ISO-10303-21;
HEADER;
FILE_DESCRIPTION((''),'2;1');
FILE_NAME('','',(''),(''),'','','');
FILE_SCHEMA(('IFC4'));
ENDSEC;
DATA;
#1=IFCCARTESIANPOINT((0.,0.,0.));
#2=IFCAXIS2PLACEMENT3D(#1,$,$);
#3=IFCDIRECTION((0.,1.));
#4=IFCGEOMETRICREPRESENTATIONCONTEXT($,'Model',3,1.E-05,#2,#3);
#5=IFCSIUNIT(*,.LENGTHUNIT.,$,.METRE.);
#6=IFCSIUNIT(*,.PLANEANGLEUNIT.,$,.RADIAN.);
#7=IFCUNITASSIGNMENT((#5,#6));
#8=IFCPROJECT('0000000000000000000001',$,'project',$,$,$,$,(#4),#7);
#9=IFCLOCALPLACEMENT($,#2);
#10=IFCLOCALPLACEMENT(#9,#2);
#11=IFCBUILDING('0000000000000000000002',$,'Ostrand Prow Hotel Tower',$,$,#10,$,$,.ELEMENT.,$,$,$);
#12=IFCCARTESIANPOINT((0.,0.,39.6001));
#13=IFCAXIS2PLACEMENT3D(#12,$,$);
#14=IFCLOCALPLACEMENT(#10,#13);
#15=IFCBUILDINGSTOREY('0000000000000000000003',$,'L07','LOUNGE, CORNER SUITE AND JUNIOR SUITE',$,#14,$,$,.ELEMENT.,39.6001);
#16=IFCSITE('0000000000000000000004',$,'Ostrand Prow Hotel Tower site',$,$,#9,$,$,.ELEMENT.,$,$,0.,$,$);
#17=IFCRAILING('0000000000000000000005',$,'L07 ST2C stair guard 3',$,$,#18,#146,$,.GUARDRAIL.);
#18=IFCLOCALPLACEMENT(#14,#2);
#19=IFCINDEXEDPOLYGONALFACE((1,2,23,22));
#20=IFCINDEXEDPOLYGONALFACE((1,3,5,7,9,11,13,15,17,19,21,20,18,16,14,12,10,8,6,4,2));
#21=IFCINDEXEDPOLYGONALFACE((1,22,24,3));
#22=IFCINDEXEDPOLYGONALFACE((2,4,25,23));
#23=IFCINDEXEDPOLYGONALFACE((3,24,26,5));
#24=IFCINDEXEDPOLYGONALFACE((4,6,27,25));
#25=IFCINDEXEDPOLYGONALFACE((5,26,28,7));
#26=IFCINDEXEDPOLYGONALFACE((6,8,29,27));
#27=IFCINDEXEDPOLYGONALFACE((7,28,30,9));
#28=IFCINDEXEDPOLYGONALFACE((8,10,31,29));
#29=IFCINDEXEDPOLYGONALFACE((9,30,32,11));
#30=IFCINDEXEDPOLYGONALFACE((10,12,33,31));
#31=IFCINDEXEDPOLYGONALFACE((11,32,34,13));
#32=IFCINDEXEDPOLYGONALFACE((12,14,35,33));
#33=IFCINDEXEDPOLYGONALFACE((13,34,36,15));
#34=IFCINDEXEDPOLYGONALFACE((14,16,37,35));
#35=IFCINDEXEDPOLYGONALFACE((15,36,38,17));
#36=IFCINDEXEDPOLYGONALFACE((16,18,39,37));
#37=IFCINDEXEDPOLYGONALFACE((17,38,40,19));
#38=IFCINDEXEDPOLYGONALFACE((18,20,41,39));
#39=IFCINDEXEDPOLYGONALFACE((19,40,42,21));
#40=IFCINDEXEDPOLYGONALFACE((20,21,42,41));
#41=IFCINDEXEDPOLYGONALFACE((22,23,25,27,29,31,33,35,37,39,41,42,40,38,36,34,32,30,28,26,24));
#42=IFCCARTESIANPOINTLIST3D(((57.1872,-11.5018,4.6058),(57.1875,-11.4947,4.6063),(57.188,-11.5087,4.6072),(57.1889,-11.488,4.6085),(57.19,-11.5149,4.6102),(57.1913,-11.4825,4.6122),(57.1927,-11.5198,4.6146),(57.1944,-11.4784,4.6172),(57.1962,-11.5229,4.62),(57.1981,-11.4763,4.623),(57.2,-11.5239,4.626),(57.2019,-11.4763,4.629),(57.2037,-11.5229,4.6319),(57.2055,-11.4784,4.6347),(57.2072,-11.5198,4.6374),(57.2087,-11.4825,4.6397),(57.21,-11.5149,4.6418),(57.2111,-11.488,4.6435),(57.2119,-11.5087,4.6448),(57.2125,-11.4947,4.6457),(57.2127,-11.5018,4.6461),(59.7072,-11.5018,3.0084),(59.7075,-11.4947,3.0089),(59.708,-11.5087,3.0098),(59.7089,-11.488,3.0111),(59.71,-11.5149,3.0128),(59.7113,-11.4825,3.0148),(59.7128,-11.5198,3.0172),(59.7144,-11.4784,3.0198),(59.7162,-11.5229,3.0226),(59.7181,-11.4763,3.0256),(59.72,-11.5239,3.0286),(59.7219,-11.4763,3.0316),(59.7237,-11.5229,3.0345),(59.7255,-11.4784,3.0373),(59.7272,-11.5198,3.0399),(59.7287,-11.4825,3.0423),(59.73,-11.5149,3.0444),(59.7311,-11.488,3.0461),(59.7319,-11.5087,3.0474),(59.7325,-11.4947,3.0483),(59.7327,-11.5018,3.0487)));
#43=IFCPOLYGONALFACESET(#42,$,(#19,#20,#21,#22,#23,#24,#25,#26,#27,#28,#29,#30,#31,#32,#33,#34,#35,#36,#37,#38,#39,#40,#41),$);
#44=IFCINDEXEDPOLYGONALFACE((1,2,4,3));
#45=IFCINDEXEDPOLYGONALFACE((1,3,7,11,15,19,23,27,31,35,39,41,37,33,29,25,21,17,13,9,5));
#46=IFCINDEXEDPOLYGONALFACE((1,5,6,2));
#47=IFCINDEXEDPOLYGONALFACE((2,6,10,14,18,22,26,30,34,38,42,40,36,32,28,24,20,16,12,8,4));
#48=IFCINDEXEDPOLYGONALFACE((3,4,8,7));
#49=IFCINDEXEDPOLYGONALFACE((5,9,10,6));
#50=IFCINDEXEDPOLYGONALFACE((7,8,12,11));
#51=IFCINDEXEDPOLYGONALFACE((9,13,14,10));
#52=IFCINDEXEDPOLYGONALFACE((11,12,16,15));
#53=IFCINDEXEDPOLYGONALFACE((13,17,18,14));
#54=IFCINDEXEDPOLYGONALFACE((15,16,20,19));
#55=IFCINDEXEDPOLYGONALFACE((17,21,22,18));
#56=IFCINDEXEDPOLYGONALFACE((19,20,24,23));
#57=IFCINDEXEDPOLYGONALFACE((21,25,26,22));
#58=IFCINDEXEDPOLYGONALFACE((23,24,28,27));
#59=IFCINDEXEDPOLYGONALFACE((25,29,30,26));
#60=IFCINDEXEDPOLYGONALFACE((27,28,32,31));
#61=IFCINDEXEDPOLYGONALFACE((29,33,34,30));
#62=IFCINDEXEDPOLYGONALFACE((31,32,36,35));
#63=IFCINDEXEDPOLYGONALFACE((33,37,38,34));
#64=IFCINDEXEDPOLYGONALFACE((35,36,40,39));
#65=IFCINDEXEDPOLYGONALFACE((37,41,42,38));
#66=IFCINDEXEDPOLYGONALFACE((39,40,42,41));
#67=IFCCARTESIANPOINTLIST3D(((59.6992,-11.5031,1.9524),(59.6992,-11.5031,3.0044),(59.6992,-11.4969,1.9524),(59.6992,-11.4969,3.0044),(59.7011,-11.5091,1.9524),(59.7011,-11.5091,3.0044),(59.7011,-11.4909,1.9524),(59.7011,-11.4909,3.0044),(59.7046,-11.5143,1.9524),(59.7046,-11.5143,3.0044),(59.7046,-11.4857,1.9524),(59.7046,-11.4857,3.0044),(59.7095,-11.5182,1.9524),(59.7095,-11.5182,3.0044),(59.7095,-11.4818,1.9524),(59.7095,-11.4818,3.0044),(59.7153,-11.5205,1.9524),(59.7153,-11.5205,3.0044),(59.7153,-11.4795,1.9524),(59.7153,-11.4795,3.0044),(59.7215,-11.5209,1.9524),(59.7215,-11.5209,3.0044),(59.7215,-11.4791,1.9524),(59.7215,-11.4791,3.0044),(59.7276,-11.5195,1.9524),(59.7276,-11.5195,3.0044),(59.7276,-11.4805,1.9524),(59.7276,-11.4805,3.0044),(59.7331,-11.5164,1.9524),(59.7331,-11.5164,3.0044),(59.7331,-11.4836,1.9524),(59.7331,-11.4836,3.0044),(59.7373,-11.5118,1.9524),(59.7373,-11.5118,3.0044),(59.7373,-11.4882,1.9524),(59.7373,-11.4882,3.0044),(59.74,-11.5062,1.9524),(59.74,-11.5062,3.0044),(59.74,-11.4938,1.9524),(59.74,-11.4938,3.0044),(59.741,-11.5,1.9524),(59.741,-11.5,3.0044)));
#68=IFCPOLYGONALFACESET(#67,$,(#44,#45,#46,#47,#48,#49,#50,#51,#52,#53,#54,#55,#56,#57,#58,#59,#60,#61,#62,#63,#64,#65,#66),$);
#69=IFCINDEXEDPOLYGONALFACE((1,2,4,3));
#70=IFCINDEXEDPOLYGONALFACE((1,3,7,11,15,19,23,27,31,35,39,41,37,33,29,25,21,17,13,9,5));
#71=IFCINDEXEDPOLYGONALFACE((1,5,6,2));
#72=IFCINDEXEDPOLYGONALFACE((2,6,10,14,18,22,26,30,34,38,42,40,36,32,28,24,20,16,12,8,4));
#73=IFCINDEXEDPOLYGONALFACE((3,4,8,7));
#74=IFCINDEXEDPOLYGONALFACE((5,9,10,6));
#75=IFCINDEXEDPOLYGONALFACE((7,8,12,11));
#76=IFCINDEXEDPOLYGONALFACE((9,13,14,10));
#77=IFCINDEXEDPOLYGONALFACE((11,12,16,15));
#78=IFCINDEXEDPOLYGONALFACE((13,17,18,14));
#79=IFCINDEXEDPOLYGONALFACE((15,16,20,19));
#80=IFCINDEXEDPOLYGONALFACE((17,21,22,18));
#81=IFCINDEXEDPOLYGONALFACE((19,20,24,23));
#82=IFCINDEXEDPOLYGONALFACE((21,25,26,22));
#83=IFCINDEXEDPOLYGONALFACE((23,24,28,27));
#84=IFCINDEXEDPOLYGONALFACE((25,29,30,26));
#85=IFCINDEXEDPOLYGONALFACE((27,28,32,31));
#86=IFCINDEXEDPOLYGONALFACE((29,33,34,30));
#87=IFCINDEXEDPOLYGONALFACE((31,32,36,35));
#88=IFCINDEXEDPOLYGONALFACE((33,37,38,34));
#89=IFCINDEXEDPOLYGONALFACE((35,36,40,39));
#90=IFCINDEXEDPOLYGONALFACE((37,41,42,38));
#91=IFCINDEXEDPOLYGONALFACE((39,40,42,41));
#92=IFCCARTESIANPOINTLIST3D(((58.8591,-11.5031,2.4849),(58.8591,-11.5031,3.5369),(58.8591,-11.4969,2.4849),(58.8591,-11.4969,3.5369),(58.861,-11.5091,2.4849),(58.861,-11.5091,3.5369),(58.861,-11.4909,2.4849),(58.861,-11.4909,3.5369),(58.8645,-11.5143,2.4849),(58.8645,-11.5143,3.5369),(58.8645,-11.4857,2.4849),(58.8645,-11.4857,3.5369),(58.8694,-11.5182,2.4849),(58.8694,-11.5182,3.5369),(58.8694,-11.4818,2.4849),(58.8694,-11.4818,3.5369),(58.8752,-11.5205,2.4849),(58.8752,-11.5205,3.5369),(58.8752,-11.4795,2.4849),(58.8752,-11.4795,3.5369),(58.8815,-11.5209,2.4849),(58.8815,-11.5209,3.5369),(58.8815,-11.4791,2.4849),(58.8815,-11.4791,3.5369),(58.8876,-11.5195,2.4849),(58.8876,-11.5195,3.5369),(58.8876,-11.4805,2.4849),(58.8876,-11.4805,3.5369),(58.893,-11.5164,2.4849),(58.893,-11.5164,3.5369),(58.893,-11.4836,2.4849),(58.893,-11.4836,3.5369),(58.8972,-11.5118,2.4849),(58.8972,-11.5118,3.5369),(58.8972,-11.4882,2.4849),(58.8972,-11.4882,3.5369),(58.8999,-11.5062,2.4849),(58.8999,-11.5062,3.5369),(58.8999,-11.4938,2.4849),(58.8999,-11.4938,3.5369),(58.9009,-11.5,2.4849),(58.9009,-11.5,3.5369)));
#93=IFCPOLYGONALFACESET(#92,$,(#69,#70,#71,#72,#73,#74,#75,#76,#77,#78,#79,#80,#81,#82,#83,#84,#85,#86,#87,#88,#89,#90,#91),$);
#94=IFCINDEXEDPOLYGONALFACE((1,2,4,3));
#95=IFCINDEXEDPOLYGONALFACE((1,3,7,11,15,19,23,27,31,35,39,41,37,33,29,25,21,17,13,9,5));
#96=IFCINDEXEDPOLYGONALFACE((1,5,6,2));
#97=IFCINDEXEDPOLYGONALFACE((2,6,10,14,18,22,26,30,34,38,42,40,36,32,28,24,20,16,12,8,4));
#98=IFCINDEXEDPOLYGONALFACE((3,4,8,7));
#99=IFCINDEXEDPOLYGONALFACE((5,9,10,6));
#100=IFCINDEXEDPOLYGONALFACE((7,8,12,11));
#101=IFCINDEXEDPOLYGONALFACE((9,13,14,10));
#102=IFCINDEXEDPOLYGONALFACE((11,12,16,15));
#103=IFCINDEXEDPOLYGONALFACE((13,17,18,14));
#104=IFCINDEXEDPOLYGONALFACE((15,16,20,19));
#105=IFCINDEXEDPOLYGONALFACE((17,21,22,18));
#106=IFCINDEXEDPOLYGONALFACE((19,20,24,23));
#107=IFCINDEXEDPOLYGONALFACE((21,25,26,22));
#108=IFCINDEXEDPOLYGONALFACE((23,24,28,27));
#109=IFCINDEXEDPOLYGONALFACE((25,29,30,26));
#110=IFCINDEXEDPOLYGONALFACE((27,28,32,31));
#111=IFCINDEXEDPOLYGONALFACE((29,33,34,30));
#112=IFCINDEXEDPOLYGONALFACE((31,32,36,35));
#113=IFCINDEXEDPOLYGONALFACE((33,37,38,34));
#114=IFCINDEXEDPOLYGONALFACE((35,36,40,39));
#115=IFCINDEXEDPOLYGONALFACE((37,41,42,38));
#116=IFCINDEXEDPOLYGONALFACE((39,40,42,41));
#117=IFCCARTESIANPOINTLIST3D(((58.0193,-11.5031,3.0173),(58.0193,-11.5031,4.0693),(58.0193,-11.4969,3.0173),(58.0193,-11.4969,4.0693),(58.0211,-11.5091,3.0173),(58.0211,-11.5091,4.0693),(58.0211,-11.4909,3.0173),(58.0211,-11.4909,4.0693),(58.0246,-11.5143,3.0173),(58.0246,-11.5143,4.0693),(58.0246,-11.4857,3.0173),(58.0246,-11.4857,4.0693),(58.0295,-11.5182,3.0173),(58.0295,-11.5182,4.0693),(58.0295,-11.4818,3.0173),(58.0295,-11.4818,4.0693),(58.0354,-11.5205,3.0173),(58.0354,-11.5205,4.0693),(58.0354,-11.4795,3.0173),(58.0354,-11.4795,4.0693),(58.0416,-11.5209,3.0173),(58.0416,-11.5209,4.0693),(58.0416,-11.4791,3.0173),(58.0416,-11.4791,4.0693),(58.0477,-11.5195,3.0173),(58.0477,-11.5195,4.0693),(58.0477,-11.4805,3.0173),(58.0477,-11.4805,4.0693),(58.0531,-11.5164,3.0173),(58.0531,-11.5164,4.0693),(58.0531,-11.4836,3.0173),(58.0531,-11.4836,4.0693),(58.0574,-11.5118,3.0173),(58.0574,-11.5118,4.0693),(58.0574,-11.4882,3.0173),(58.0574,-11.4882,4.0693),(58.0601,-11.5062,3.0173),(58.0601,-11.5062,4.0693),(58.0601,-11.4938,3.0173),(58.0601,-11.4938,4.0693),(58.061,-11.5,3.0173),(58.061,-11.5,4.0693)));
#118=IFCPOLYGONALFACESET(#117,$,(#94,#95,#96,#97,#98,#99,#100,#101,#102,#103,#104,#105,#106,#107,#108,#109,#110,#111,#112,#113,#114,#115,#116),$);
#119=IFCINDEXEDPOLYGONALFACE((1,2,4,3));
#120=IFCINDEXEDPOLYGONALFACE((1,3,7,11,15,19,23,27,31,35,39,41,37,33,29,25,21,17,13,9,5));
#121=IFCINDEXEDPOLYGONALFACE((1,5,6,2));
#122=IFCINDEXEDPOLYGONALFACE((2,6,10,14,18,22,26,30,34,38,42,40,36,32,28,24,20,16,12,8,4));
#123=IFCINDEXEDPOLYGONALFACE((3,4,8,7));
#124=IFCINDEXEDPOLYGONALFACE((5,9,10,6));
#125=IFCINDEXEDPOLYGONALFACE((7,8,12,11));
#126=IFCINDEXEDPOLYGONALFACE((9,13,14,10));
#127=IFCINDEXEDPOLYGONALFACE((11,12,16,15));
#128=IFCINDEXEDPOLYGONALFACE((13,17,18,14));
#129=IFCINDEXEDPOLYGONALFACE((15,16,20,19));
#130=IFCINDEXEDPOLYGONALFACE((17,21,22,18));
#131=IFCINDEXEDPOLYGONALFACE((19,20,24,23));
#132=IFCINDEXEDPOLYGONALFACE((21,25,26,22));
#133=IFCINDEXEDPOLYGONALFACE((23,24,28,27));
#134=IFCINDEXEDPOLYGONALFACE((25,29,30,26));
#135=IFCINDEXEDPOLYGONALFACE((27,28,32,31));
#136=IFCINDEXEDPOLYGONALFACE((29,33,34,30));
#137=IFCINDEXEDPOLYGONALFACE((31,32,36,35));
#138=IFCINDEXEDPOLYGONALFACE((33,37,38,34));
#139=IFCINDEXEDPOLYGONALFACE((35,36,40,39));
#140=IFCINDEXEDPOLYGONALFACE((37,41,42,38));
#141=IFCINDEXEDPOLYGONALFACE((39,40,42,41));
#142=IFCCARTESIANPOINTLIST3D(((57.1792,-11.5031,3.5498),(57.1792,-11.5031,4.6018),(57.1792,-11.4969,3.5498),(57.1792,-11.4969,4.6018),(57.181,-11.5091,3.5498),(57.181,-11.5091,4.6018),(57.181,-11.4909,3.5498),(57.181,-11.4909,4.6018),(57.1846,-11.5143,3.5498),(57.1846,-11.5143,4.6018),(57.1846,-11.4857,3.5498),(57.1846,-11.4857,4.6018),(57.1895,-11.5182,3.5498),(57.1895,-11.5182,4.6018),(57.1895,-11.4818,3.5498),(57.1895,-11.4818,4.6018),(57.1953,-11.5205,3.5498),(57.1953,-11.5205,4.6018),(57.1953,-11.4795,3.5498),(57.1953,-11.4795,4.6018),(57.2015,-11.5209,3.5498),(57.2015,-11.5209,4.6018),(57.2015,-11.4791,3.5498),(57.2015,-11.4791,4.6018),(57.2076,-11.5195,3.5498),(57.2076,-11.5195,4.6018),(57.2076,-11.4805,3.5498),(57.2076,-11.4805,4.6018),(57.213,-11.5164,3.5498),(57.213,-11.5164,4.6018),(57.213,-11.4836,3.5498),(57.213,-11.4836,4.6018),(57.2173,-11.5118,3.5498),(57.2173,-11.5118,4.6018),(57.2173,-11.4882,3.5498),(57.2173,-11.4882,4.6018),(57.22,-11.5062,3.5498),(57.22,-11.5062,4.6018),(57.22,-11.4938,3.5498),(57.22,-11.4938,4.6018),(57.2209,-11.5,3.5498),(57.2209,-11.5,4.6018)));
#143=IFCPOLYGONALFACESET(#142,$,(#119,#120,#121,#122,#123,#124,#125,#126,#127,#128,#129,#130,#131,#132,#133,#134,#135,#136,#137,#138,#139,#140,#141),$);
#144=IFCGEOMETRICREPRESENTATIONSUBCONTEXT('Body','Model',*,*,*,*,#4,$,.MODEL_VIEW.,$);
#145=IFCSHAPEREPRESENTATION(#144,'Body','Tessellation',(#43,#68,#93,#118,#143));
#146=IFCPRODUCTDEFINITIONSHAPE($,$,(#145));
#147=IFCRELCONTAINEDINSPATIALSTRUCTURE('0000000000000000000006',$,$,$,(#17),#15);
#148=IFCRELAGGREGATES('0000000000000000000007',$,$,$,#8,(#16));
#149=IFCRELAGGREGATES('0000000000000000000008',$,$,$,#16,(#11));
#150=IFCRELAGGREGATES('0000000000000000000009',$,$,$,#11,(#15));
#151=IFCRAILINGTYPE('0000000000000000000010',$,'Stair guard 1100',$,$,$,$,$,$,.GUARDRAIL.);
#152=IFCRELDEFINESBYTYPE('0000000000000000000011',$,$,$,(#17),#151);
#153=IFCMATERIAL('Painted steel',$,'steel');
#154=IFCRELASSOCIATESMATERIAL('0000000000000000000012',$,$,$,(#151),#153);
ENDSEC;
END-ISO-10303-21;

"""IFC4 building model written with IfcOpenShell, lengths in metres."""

from ifc_helpers import new_model, si_unit, direction, frame, origin, origin_2d, place, context, subcontext, project, spatial, circle, extrude, material, type_object, element, save


model = new_model("IFC4")

# Units and contexts
model_context = context("Model", 3, precision=1e-05, world=origin(), true_north=direction((0.0, 1.0)))
body_context = subcontext(model_context, "Body", "Model", "MODEL_VIEW")
ifc_project = project(units=[si_unit("LENGTHUNIT", "METRE"), si_unit("PLANEANGLEUNIT", "RADIAN")], contexts=[model_context])

# Site, building, storey
site_placement = place(None, origin())
site = spatial("IfcSite", under=ifc_project, at=site_placement, Name="Ostrand Prow Hotel Tower site", CompositionType="ELEMENT", RefElevation=0.0)
building_placement = place(site_placement, origin())
building = spatial("IfcBuilding", under=site, at=building_placement, Name="Ostrand Prow Hotel Tower", CompositionType="ELEMENT")
storey_placement = place(building_placement, frame((0.0, 0.0, 39.6001)))
storey = spatial("IfcBuildingStorey", under=building, at=storey_placement, Name="L07", Description="LOUNGE, CORNER SUITE AND JUNIOR SUITE", CompositionType="ELEMENT", Elevation=39.6001)

# Railing
ifc_material_1 = material(Name="Painted steel", Category="steel")
railing_type_1 = type_object("IfcRailingType", Name="Stair guard 1100", PredefinedType="GUARDRAIL", material=ifc_material_1)
railing_1_placement = place(storey_placement, frame((59.72, -11.5, 1.9524)))
element("IfcRailing", 1, at=railing_1_placement, inside=storey, type_object=railing_type_1, Name="L07 ST2C stair guard 3", PredefinedType="GUARDRAIL", context=body_context, shape_type="SweptSolid", body=[
    extrude(circle(Radius=0.0239, at=origin_2d()), frame((0.0, 0.0, 1.0762), z_axis=(-0.844607, 0.0, 0.535387), x_axis=(0.0, -1.0, 0.0)), (0.0, 0.0, 1.0), 2.9836),
    extrude(circle(Radius=0.021, at=origin_2d()), origin(), (0.0, 0.0, 1.0), 1.052),
    extrude(circle(Radius=0.021, at=origin_2d()), frame((-0.8401, 0.0, 0.5325)), (0.0, 0.0, 1.0), 1.052),
    extrude(circle(Radius=0.021, at=origin_2d()), frame((-1.6799, 0.0, 1.0649)), (0.0, 0.0, 1.0), 1.052),
    extrude(circle(Radius=0.021, at=origin_2d()), frame((-2.52, 0.0, 1.5974)), (0.0, 0.0, 1.0), 1.052),
])

save(model, "model.ifc")
